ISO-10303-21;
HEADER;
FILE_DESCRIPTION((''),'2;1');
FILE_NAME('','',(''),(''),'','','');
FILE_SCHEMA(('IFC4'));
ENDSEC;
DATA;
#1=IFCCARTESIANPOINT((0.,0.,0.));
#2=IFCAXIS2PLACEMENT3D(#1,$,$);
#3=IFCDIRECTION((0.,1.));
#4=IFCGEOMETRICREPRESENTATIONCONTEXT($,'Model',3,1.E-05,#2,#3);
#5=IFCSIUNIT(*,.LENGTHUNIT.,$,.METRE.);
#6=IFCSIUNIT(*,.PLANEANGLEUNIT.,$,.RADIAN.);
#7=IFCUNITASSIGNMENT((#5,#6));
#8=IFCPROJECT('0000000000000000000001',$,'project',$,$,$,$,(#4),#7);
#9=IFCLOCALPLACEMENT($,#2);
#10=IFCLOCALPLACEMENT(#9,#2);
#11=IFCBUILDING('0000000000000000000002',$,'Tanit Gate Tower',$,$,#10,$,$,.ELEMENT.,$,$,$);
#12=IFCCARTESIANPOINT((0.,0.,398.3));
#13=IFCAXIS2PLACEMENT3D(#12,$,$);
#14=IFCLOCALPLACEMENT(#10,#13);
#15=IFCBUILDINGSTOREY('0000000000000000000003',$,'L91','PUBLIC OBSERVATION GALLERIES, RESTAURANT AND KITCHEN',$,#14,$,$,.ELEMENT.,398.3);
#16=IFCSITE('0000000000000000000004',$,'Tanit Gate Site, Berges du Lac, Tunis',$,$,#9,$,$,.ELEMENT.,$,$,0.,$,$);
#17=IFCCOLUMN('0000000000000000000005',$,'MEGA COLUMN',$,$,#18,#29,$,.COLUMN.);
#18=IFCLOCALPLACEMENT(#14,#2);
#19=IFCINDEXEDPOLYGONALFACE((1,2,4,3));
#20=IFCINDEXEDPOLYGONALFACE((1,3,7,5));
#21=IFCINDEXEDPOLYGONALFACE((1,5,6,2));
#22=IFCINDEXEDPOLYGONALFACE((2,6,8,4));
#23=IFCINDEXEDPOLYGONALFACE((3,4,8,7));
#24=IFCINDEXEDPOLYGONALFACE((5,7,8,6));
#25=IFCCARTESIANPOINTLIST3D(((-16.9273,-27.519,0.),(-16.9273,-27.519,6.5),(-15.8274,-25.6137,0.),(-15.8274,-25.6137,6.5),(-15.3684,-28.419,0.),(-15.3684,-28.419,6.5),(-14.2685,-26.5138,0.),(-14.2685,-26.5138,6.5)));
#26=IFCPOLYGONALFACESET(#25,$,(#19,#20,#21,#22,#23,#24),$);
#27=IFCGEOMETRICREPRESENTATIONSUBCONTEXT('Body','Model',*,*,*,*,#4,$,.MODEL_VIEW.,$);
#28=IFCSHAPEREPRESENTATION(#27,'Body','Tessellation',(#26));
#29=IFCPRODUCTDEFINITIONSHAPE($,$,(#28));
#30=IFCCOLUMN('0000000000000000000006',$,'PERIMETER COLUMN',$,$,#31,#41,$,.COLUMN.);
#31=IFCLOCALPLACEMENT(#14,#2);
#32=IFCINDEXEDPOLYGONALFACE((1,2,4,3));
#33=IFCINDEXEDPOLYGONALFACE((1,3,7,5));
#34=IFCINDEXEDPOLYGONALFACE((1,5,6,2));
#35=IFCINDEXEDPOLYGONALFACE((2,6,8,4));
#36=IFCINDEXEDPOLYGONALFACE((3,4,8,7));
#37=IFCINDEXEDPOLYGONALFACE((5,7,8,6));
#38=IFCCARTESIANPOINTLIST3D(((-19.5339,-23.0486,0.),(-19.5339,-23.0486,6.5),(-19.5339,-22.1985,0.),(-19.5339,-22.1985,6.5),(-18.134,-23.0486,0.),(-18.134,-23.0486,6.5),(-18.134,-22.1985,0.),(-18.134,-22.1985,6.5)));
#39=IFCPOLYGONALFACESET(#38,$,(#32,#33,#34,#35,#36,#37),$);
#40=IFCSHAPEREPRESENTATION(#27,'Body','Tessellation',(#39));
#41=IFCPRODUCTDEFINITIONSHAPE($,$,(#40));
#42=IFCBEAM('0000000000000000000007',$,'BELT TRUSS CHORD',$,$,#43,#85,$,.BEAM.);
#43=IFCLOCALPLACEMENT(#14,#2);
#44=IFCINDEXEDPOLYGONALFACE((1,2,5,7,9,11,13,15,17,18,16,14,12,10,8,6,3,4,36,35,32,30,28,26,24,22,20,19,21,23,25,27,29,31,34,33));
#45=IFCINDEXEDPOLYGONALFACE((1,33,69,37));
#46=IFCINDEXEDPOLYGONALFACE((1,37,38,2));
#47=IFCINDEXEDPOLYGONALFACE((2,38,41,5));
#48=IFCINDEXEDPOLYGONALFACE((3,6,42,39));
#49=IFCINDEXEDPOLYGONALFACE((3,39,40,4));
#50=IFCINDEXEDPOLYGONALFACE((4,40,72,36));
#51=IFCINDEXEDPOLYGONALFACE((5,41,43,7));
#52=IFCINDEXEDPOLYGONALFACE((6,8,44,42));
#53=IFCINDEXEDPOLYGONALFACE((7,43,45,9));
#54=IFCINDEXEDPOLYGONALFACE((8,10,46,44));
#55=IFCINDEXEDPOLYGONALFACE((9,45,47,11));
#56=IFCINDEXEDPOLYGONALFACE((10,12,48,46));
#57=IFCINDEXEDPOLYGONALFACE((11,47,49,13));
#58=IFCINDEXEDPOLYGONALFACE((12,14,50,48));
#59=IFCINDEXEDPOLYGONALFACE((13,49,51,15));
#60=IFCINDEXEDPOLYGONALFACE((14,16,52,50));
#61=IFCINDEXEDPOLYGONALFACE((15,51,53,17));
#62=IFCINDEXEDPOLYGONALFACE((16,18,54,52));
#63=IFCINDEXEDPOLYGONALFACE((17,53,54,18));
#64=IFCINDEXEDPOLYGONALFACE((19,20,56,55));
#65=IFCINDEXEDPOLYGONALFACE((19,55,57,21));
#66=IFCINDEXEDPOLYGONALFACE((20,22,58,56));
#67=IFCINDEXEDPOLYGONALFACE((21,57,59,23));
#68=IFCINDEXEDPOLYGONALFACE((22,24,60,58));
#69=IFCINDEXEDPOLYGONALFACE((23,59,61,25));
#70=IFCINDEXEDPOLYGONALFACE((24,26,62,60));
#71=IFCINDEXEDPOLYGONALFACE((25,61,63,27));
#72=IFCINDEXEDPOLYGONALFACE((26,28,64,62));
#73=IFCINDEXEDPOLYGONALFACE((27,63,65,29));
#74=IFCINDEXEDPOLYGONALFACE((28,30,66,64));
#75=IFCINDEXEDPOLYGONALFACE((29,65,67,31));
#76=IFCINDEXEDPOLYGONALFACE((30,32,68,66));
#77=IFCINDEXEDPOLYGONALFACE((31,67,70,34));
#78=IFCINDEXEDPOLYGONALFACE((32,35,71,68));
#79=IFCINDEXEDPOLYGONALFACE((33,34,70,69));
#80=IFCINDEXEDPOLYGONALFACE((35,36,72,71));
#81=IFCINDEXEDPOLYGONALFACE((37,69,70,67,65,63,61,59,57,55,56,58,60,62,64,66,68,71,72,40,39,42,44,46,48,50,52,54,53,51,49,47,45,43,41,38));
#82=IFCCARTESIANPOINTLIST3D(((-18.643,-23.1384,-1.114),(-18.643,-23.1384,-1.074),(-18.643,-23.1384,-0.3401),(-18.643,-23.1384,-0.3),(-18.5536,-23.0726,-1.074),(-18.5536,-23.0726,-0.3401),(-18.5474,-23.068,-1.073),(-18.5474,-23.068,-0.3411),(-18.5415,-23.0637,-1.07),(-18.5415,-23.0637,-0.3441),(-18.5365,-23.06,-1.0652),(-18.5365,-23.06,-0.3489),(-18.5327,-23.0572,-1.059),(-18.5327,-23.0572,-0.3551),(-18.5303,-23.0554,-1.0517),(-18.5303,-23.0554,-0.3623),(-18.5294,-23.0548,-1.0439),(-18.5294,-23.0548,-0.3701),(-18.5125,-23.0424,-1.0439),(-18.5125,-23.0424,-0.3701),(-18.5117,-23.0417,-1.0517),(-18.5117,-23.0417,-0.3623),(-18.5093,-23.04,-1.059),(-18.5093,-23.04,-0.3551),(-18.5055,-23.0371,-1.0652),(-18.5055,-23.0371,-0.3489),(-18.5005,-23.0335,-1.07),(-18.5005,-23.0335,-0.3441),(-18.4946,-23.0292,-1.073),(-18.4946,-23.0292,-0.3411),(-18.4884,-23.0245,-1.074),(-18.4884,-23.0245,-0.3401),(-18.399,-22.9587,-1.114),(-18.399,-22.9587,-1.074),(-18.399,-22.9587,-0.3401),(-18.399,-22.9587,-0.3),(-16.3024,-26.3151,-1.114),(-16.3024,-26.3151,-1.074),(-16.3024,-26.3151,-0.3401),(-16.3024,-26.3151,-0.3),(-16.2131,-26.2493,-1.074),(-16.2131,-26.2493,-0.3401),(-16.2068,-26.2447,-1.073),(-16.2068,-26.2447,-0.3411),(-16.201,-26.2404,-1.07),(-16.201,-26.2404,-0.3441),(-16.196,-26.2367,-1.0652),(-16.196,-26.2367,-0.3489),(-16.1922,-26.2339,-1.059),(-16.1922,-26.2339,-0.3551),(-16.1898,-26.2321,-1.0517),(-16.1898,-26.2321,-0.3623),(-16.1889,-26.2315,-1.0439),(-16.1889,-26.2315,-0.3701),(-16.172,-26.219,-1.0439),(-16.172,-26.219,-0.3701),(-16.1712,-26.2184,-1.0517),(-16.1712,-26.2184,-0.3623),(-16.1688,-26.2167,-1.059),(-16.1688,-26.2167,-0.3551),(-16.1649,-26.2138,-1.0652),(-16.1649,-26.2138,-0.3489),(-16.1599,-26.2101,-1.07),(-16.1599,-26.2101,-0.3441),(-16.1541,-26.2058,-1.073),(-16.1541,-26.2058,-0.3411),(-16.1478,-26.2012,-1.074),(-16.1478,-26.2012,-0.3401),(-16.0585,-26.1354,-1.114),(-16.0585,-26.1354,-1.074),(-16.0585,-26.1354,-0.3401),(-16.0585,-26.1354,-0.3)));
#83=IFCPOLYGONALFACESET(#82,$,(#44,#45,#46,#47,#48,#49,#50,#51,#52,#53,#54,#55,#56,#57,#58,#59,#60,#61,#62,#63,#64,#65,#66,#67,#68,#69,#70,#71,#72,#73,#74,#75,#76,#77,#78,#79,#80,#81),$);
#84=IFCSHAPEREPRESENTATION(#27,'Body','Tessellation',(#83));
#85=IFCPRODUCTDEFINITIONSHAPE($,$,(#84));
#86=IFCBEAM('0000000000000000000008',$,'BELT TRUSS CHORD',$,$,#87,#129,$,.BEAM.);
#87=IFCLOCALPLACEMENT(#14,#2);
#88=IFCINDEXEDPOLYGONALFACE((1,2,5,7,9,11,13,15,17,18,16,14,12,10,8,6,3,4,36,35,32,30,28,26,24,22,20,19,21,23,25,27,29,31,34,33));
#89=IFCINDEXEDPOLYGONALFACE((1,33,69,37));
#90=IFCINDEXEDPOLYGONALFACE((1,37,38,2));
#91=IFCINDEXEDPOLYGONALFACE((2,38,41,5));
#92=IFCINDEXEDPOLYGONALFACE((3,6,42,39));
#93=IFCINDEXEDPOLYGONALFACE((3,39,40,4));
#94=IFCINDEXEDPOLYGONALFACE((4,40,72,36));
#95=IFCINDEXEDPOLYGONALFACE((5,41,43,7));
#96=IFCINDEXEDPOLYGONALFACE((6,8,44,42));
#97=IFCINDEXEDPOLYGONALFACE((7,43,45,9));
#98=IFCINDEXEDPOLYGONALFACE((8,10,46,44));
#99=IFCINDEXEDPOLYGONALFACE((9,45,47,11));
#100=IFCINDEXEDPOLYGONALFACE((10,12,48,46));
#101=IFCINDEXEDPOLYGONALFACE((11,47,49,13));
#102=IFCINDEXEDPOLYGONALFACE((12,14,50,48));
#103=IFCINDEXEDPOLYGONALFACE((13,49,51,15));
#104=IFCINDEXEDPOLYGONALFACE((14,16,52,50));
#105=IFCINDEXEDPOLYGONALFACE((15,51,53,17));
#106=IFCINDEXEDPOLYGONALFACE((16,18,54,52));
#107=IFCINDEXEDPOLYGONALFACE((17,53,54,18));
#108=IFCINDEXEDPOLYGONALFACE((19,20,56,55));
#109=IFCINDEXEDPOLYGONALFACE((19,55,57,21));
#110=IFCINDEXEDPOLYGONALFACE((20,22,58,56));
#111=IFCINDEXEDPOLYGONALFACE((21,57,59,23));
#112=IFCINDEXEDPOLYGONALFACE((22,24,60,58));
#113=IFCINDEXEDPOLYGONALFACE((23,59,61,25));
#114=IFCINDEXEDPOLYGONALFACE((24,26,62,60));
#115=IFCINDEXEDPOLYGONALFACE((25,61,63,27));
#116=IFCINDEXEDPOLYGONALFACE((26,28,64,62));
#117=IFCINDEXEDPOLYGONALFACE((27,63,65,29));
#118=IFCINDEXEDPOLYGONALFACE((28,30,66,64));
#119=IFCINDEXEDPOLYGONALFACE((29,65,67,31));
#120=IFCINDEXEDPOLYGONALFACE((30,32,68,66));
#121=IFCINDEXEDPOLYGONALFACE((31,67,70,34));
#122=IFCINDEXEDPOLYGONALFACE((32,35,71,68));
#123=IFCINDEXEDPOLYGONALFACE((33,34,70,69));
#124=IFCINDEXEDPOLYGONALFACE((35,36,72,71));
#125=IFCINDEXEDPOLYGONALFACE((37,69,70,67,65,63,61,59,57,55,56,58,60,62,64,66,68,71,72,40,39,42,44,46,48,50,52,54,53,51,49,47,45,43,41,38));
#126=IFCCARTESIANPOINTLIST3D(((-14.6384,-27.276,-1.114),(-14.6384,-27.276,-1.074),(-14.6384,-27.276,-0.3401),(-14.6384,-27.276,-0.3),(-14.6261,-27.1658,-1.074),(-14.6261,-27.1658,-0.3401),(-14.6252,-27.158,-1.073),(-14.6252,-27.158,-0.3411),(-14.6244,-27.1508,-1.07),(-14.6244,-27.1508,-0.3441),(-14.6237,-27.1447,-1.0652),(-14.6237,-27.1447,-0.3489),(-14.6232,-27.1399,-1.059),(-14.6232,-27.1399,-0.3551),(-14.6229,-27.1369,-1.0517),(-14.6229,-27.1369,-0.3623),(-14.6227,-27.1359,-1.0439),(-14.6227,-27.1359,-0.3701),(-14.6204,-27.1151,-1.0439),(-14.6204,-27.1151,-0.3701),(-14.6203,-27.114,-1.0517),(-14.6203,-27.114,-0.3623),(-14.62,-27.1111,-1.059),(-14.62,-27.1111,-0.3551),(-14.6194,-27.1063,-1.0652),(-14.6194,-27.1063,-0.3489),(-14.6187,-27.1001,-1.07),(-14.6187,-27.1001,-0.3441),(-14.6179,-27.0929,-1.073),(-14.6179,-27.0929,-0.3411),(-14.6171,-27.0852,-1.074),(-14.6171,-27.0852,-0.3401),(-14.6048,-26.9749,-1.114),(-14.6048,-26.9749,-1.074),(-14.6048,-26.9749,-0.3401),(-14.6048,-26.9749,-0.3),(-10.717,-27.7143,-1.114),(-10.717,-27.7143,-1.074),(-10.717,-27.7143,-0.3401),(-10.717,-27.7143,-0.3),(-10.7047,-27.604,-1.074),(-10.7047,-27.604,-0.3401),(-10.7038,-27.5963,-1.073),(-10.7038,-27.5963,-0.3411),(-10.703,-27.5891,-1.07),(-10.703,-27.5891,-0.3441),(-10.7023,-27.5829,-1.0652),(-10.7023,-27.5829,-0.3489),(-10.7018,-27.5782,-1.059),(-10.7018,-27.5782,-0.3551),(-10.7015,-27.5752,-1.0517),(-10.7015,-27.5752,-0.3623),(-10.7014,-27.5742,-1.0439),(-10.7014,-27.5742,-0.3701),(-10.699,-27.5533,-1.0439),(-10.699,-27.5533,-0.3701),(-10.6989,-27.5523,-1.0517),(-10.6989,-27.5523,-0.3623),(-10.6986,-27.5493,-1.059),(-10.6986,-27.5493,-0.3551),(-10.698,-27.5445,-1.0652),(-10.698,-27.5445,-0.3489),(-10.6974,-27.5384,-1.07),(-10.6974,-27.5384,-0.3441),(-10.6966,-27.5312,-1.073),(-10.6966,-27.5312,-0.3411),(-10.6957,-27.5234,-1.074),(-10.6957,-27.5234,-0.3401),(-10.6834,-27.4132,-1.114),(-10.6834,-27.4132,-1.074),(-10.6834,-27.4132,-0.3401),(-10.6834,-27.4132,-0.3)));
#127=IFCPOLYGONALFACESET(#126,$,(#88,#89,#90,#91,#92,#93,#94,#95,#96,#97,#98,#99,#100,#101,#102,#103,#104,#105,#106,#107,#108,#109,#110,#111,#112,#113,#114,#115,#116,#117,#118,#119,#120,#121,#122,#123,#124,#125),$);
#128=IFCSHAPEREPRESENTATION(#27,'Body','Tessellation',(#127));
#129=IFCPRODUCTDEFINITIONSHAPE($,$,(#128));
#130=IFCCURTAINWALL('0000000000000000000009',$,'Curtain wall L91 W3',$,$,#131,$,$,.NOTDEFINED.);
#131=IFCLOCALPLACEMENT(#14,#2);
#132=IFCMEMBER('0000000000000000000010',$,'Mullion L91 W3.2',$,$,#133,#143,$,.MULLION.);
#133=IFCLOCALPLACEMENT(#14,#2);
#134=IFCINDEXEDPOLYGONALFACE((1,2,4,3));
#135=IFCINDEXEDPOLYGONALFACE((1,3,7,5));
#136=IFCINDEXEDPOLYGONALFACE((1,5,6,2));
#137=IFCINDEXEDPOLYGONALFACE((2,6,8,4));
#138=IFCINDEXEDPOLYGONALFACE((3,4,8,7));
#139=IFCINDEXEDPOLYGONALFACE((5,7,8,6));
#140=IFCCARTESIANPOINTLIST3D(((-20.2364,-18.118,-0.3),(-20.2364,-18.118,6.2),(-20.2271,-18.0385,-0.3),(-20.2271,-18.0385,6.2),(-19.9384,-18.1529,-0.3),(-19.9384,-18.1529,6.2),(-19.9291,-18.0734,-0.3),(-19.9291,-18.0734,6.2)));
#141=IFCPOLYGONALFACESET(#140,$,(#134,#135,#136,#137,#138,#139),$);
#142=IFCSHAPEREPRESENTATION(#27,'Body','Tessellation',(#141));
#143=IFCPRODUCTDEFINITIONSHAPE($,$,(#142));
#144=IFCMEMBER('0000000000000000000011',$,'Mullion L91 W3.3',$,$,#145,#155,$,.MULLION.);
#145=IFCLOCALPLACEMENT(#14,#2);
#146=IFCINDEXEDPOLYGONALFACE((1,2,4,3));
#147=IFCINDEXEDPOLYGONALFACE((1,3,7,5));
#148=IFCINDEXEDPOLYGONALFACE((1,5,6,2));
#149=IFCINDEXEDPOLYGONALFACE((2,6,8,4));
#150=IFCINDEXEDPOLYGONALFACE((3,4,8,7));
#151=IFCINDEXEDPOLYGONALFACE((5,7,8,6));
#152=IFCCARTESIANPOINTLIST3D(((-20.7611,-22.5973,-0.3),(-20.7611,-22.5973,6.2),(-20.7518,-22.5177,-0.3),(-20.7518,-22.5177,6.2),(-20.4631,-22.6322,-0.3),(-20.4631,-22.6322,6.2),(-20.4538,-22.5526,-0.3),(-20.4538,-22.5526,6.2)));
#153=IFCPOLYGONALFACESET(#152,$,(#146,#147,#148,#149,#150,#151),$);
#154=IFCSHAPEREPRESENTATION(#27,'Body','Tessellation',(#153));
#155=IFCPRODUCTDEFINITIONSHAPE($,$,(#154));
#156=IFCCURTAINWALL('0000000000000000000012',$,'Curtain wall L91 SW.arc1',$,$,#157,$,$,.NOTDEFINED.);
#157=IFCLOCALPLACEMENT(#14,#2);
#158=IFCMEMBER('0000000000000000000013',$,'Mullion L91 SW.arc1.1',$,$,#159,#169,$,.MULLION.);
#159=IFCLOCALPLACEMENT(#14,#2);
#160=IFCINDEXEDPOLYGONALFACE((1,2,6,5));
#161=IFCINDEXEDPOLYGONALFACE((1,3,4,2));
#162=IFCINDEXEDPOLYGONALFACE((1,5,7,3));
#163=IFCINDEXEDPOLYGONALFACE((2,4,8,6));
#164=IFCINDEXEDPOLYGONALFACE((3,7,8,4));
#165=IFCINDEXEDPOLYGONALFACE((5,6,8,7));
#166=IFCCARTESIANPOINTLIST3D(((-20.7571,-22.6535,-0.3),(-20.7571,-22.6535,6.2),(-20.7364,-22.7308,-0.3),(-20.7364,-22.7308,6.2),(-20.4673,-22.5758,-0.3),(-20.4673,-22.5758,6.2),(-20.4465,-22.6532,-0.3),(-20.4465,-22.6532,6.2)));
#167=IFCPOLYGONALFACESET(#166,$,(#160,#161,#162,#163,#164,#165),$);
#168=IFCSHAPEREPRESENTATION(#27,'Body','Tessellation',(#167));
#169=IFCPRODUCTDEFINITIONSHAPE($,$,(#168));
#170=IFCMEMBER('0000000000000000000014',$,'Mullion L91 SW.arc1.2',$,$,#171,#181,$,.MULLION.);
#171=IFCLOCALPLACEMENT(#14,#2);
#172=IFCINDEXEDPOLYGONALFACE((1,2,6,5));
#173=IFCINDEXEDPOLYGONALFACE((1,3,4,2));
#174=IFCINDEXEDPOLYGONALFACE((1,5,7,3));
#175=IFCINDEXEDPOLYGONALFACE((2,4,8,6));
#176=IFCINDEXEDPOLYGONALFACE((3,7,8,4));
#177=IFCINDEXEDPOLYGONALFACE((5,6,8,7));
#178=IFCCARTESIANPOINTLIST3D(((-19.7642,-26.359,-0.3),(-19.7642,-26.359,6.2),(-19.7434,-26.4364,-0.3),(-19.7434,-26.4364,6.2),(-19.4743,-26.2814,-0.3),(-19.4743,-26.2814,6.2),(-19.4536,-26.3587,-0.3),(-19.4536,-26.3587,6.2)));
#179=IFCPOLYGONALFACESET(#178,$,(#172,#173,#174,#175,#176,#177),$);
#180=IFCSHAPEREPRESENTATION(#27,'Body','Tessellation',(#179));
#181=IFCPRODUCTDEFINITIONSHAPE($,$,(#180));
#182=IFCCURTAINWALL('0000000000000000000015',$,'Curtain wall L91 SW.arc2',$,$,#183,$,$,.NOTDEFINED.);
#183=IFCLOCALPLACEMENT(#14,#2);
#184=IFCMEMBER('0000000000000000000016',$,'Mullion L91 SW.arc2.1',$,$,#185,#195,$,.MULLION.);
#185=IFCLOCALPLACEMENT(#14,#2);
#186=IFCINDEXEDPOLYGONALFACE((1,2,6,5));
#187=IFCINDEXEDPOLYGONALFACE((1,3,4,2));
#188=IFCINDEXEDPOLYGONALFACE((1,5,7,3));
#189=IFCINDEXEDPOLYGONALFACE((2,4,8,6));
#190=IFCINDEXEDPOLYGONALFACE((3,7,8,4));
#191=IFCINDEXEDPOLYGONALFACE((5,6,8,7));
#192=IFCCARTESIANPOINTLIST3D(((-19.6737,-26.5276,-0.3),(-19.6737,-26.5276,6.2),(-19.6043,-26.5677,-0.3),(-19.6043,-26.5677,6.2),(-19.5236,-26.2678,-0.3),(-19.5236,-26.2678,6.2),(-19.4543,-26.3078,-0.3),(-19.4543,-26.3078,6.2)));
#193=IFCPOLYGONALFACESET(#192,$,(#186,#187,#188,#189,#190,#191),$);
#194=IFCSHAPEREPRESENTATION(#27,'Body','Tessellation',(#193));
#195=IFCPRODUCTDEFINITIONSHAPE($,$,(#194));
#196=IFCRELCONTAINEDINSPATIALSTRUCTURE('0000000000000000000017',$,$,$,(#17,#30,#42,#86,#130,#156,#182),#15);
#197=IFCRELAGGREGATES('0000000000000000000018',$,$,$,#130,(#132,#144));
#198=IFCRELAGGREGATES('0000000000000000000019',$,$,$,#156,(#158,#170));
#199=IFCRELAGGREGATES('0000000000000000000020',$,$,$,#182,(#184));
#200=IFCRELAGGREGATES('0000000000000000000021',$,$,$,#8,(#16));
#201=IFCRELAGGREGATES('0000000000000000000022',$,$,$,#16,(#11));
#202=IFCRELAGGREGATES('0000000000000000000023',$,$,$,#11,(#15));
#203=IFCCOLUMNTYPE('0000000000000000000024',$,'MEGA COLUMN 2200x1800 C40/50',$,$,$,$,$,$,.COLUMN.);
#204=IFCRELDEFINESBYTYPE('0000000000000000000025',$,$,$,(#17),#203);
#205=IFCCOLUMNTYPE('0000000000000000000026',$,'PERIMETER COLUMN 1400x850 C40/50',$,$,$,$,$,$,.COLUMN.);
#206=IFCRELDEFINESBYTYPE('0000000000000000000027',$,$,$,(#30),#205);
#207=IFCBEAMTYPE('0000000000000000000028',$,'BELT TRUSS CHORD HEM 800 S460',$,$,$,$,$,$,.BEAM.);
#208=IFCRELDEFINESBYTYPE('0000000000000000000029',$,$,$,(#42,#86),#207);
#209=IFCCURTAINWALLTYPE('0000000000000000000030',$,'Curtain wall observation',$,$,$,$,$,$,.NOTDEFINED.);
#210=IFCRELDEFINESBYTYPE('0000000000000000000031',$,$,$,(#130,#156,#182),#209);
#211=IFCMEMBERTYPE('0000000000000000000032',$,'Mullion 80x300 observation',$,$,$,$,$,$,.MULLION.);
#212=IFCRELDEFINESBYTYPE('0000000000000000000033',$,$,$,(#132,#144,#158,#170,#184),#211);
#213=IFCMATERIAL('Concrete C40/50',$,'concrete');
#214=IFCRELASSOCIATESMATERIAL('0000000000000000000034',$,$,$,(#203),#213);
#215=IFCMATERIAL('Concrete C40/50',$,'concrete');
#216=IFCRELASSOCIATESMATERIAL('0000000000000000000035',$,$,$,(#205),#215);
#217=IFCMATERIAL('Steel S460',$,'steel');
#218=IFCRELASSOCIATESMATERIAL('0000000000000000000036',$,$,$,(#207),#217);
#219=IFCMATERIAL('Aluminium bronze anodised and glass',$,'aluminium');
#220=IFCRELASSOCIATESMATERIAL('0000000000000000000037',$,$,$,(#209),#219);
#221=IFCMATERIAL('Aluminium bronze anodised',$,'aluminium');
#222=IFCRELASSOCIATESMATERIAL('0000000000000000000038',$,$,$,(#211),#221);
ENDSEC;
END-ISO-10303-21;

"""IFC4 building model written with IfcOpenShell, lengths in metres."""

from ifc_helpers import new_model, si_unit, direction, frame, origin, origin_2d, place, context, subcontext, project, spatial, rectangle, i_section, extrude, material, material_profile, profile_set, type_object, element, aggregate, save


model = new_model("IFC4")

# Units and contexts
model_context = context("Model", 3, precision=1e-05, world=origin(), true_north=direction((0.0, 1.0)))
body_context = subcontext(model_context, "Body", "Model", "MODEL_VIEW")
ifc_project = project(units=[si_unit("LENGTHUNIT", "METRE"), si_unit("PLANEANGLEUNIT", "RADIAN")], contexts=[model_context])

# Site, building, storey
site_placement = place(None, origin())
site = spatial("IfcSite", under=ifc_project, at=site_placement, Name="Tanit Gate Site, Berges du Lac, Tunis", CompositionType="ELEMENT", RefElevation=0.0)
building_placement = place(site_placement, origin())
building = spatial("IfcBuilding", under=site, at=building_placement, Name="Tanit Gate Tower", CompositionType="ELEMENT")
storey_placement = place(building_placement, frame((0.0, 0.0, 398.3)))
storey = spatial("IfcBuildingStorey", under=building, at=storey_placement, Name="L91", Description="PUBLIC OBSERVATION GALLERIES, RESTAURANT AND KITCHEN", CompositionType="ELEMENT", Elevation=398.3)

# Columns
ifc_material_1 = material(Name="Concrete C40/50", Category="concrete")
ifc_material_profile_1 = material_profile(ifc_material_1, rectangle(XDim=2.2, YDim=1.8, at=origin_2d()), Name="RC 2200x1800")
ifc_profile_set_1 = profile_set([ifc_material_profile_1], Name="Concrete C40/50")
column_type_1 = type_object("IfcColumnType", Name="MEGA COLUMN 2200x1800 C40/50", PredefinedType="COLUMN", material=ifc_profile_set_1)
column_1_placement = place(storey_placement, frame((-15.5979, -27.0164, 0.0), z_axis=(0.0, 0.0, 1.0), x_axis=(-0.5, -0.866025, 0.0)))
element("IfcColumn", 1, at=column_1_placement, inside=storey, type_object=column_type_1, Name="MEGA COLUMN", PredefinedType="COLUMN", context=body_context, shape_type="SweptSolid", body=[
    extrude(rectangle(XDim=2.2, YDim=1.8, at=origin_2d()), origin(), (0.0, 0.0, 1.0), 6.5),
])
ifc_material_2 = material(Name="Concrete C40/50", Category="concrete")
ifc_material_profile_2 = material_profile(ifc_material_2, rectangle(XDim=1.3999, YDim=0.8501, at=origin_2d()), Name="RC 1400x850")
ifc_profile_set_2 = profile_set([ifc_material_profile_2], Name="Concrete C40/50")
column_type_2 = type_object("IfcColumnType", Name="PERIMETER COLUMN 1400x850 C40/50", PredefinedType="COLUMN", material=ifc_profile_set_2)
column_2_placement = place(storey_placement, frame((-18.834, -22.6235, 0.0), z_axis=(0.0, 0.0, 1.0), x_axis=(-1.0, 0.0, 0.0)))
element("IfcColumn", 2, at=column_2_placement, inside=storey, type_object=column_type_2, Name="PERIMETER COLUMN", PredefinedType="COLUMN", context=body_context, shape_type="SweptSolid", body=[
    extrude(rectangle(XDim=1.3999, YDim=0.8501, at=origin_2d()), origin(), (0.0, 0.0, 1.0), 6.5),
])

# Beams
ifc_material_3 = material(Name="Steel S460", Category="steel")
ifc_material_profile_3 = material_profile(ifc_material_3, i_section(OverallWidth=0.303, OverallDepth=0.814, WebThickness=0.021, FlangeThickness=0.04, FilletRadius=0.03, at=origin_2d()), Name="HEM 800")
ifc_profile_set_3 = profile_set([ifc_material_profile_3], Name="Steel S460")
beam_type_1 = type_object("IfcBeamType", Name="BELT TRUSS CHORD HEM 800 S460", PredefinedType="BEAM", material=ifc_profile_set_3)
for number, where, z_axis, x_axis, name in (
    (3, (-18.521, -23.0486, -0.707), (0.593167, -0.805079, 0.0), (0.805079, 0.593167, 0.0), "BELT TRUSS CHORD"),
    (4, (-14.6216, -27.1255, -0.707), (0.993813, -0.111063, 0.0), (0.111063, 0.993813, 0.0), "BELT TRUSS CHORD"),
):
    element("IfcBeam", number, at=place(storey_placement, frame(where, z_axis=z_axis, x_axis=x_axis)), inside=storey, type_object=beam_type_1, Name=name, PredefinedType="BEAM", context=body_context, shape_type="SweptSolid", body=[
        extrude(i_section(OverallWidth=0.303, OverallDepth=0.814, WebThickness=0.021, FlangeThickness=0.04, FilletRadius=0.03, at=origin_2d()), origin(), (0.0, 0.0, 1.0), 3.9458),
    ])

# Curtain walls, members
ifc_material_4 = material(Name="Aluminium bronze anodised and glass", Category="aluminium")
curtain_wall_type = type_object("IfcCurtainWallType", Name="Curtain wall observation", PredefinedType="NOTDEFINED", material=ifc_material_4)
curtain_wall_1_placement = place(storey_placement, origin())
curtain_wall_1 = element("IfcCurtainWall", 5, at=curtain_wall_1_placement, inside=storey, type_object=curtain_wall_type, Name="Curtain wall L91 W3", PredefinedType="NOTDEFINED")
ifc_material_5 = material(Name="Aluminium bronze anodised", Category="aluminium")
ifc_material_profile_4 = material_profile(ifc_material_5, rectangle(XDim=0.3, YDim=0.0801, at=origin_2d()), Name="80x300 bronze mullion")
ifc_profile_set_4 = profile_set([ifc_material_profile_4], Name="Aluminium bronze anodised")
member_type_1 = type_object("IfcMemberType", Name="Mullion 80x300 observation", PredefinedType="MULLION", material=ifc_profile_set_4)
member_1_placement = place(storey_placement, frame((-20.0828, -18.0957, -0.3), z_axis=(0.0, 0.0, 1.0), x_axis=(0.993212, -0.116318, 0.0)))
member_1 = element("IfcMember", 6, at=member_1_placement, type_object=member_type_1, Name="Mullion L91 W3.2", PredefinedType="MULLION", context=body_context, shape_type="SweptSolid", body=[
    extrude(rectangle(XDim=0.3, YDim=0.0801, at=origin_2d()), origin(), (0.0, 0.0, 1.0), 6.5),
])
member_2_placement = place(storey_placement, frame((-20.6074, -22.575, -0.3), z_axis=(0.0, 0.0, 1.0), x_axis=(0.993212, -0.116318, 0.0)))
member_2 = element("IfcMember", 7, at=member_2_placement, type_object=member_type_1, Name="Mullion L91 W3.3", PredefinedType="MULLION", context=body_context, shape_type="SweptSolid", body=[
    extrude(rectangle(XDim=0.3, YDim=0.0801, at=origin_2d()), origin(), (0.0, 0.0, 1.0), 6.5),
])
curtain_wall_2_placement = place(storey_placement, origin())
curtain_wall_2 = element("IfcCurtainWall", 8, at=curtain_wall_2_placement, inside=storey, type_object=curtain_wall_type, Name="Curtain wall L91 SW.arc1", PredefinedType="NOTDEFINED")
member_3_placement = place(storey_placement, frame((-20.6018, -22.6533, -0.3), z_axis=(0.0, 0.0, 1.0), x_axis=(0.965926, 0.258819, 0.0)))
member_3 = element("IfcMember", 9, at=member_3_placement, type_object=member_type_1, Name="Mullion L91 SW.arc1.1", PredefinedType="MULLION", context=body_context, shape_type="SweptSolid", body=[
    extrude(rectangle(XDim=0.3, YDim=0.0801, at=origin_2d()), origin(), (0.0, 0.0, 1.0), 6.5),
])
member_4_placement = place(storey_placement, frame((-19.6089, -26.3589, -0.3), z_axis=(0.0, 0.0, 1.0), x_axis=(0.965926, 0.258819, 0.0)))
member_4 = element("IfcMember", 10, at=member_4_placement, type_object=member_type_1, Name="Mullion L91 SW.arc1.2", PredefinedType="MULLION", context=body_context, shape_type="SweptSolid", body=[
    extrude(rectangle(XDim=0.3, YDim=0.0801, at=origin_2d()), origin(), (0.0, 0.0, 1.0), 6.5),
])

# Curtain wall, member
curtain_wall_3_placement = place(storey_placement, origin())
curtain_wall_3 = element("IfcCurtainWall", 11, at=curtain_wall_3_placement, inside=storey, type_object=curtain_wall_type, Name="Curtain wall L91 SW.arc2", PredefinedType="NOTDEFINED")
member_5_placement = place(storey_placement, frame((-19.564, -26.4177, -0.3), z_axis=(0.0, 0.0, 1.0), x_axis=(0.5, 0.866025, 0.0)))
member_5 = element("IfcMember", 12, at=member_5_placement, type_object=member_type_1, Name="Mullion L91 SW.arc2.1", PredefinedType="MULLION", context=body_context, shape_type="SweptSolid", body=[
    extrude(rectangle(XDim=0.3, YDim=0.0801, at=origin_2d()), origin(), (0.0, 0.0, 1.0), 6.5),
])

aggregate(curtain_wall_1, [member_1, member_2])
aggregate(curtain_wall_2, [member_3, member_4])
aggregate(curtain_wall_3, [member_5])

save(model, "model.ifc")
